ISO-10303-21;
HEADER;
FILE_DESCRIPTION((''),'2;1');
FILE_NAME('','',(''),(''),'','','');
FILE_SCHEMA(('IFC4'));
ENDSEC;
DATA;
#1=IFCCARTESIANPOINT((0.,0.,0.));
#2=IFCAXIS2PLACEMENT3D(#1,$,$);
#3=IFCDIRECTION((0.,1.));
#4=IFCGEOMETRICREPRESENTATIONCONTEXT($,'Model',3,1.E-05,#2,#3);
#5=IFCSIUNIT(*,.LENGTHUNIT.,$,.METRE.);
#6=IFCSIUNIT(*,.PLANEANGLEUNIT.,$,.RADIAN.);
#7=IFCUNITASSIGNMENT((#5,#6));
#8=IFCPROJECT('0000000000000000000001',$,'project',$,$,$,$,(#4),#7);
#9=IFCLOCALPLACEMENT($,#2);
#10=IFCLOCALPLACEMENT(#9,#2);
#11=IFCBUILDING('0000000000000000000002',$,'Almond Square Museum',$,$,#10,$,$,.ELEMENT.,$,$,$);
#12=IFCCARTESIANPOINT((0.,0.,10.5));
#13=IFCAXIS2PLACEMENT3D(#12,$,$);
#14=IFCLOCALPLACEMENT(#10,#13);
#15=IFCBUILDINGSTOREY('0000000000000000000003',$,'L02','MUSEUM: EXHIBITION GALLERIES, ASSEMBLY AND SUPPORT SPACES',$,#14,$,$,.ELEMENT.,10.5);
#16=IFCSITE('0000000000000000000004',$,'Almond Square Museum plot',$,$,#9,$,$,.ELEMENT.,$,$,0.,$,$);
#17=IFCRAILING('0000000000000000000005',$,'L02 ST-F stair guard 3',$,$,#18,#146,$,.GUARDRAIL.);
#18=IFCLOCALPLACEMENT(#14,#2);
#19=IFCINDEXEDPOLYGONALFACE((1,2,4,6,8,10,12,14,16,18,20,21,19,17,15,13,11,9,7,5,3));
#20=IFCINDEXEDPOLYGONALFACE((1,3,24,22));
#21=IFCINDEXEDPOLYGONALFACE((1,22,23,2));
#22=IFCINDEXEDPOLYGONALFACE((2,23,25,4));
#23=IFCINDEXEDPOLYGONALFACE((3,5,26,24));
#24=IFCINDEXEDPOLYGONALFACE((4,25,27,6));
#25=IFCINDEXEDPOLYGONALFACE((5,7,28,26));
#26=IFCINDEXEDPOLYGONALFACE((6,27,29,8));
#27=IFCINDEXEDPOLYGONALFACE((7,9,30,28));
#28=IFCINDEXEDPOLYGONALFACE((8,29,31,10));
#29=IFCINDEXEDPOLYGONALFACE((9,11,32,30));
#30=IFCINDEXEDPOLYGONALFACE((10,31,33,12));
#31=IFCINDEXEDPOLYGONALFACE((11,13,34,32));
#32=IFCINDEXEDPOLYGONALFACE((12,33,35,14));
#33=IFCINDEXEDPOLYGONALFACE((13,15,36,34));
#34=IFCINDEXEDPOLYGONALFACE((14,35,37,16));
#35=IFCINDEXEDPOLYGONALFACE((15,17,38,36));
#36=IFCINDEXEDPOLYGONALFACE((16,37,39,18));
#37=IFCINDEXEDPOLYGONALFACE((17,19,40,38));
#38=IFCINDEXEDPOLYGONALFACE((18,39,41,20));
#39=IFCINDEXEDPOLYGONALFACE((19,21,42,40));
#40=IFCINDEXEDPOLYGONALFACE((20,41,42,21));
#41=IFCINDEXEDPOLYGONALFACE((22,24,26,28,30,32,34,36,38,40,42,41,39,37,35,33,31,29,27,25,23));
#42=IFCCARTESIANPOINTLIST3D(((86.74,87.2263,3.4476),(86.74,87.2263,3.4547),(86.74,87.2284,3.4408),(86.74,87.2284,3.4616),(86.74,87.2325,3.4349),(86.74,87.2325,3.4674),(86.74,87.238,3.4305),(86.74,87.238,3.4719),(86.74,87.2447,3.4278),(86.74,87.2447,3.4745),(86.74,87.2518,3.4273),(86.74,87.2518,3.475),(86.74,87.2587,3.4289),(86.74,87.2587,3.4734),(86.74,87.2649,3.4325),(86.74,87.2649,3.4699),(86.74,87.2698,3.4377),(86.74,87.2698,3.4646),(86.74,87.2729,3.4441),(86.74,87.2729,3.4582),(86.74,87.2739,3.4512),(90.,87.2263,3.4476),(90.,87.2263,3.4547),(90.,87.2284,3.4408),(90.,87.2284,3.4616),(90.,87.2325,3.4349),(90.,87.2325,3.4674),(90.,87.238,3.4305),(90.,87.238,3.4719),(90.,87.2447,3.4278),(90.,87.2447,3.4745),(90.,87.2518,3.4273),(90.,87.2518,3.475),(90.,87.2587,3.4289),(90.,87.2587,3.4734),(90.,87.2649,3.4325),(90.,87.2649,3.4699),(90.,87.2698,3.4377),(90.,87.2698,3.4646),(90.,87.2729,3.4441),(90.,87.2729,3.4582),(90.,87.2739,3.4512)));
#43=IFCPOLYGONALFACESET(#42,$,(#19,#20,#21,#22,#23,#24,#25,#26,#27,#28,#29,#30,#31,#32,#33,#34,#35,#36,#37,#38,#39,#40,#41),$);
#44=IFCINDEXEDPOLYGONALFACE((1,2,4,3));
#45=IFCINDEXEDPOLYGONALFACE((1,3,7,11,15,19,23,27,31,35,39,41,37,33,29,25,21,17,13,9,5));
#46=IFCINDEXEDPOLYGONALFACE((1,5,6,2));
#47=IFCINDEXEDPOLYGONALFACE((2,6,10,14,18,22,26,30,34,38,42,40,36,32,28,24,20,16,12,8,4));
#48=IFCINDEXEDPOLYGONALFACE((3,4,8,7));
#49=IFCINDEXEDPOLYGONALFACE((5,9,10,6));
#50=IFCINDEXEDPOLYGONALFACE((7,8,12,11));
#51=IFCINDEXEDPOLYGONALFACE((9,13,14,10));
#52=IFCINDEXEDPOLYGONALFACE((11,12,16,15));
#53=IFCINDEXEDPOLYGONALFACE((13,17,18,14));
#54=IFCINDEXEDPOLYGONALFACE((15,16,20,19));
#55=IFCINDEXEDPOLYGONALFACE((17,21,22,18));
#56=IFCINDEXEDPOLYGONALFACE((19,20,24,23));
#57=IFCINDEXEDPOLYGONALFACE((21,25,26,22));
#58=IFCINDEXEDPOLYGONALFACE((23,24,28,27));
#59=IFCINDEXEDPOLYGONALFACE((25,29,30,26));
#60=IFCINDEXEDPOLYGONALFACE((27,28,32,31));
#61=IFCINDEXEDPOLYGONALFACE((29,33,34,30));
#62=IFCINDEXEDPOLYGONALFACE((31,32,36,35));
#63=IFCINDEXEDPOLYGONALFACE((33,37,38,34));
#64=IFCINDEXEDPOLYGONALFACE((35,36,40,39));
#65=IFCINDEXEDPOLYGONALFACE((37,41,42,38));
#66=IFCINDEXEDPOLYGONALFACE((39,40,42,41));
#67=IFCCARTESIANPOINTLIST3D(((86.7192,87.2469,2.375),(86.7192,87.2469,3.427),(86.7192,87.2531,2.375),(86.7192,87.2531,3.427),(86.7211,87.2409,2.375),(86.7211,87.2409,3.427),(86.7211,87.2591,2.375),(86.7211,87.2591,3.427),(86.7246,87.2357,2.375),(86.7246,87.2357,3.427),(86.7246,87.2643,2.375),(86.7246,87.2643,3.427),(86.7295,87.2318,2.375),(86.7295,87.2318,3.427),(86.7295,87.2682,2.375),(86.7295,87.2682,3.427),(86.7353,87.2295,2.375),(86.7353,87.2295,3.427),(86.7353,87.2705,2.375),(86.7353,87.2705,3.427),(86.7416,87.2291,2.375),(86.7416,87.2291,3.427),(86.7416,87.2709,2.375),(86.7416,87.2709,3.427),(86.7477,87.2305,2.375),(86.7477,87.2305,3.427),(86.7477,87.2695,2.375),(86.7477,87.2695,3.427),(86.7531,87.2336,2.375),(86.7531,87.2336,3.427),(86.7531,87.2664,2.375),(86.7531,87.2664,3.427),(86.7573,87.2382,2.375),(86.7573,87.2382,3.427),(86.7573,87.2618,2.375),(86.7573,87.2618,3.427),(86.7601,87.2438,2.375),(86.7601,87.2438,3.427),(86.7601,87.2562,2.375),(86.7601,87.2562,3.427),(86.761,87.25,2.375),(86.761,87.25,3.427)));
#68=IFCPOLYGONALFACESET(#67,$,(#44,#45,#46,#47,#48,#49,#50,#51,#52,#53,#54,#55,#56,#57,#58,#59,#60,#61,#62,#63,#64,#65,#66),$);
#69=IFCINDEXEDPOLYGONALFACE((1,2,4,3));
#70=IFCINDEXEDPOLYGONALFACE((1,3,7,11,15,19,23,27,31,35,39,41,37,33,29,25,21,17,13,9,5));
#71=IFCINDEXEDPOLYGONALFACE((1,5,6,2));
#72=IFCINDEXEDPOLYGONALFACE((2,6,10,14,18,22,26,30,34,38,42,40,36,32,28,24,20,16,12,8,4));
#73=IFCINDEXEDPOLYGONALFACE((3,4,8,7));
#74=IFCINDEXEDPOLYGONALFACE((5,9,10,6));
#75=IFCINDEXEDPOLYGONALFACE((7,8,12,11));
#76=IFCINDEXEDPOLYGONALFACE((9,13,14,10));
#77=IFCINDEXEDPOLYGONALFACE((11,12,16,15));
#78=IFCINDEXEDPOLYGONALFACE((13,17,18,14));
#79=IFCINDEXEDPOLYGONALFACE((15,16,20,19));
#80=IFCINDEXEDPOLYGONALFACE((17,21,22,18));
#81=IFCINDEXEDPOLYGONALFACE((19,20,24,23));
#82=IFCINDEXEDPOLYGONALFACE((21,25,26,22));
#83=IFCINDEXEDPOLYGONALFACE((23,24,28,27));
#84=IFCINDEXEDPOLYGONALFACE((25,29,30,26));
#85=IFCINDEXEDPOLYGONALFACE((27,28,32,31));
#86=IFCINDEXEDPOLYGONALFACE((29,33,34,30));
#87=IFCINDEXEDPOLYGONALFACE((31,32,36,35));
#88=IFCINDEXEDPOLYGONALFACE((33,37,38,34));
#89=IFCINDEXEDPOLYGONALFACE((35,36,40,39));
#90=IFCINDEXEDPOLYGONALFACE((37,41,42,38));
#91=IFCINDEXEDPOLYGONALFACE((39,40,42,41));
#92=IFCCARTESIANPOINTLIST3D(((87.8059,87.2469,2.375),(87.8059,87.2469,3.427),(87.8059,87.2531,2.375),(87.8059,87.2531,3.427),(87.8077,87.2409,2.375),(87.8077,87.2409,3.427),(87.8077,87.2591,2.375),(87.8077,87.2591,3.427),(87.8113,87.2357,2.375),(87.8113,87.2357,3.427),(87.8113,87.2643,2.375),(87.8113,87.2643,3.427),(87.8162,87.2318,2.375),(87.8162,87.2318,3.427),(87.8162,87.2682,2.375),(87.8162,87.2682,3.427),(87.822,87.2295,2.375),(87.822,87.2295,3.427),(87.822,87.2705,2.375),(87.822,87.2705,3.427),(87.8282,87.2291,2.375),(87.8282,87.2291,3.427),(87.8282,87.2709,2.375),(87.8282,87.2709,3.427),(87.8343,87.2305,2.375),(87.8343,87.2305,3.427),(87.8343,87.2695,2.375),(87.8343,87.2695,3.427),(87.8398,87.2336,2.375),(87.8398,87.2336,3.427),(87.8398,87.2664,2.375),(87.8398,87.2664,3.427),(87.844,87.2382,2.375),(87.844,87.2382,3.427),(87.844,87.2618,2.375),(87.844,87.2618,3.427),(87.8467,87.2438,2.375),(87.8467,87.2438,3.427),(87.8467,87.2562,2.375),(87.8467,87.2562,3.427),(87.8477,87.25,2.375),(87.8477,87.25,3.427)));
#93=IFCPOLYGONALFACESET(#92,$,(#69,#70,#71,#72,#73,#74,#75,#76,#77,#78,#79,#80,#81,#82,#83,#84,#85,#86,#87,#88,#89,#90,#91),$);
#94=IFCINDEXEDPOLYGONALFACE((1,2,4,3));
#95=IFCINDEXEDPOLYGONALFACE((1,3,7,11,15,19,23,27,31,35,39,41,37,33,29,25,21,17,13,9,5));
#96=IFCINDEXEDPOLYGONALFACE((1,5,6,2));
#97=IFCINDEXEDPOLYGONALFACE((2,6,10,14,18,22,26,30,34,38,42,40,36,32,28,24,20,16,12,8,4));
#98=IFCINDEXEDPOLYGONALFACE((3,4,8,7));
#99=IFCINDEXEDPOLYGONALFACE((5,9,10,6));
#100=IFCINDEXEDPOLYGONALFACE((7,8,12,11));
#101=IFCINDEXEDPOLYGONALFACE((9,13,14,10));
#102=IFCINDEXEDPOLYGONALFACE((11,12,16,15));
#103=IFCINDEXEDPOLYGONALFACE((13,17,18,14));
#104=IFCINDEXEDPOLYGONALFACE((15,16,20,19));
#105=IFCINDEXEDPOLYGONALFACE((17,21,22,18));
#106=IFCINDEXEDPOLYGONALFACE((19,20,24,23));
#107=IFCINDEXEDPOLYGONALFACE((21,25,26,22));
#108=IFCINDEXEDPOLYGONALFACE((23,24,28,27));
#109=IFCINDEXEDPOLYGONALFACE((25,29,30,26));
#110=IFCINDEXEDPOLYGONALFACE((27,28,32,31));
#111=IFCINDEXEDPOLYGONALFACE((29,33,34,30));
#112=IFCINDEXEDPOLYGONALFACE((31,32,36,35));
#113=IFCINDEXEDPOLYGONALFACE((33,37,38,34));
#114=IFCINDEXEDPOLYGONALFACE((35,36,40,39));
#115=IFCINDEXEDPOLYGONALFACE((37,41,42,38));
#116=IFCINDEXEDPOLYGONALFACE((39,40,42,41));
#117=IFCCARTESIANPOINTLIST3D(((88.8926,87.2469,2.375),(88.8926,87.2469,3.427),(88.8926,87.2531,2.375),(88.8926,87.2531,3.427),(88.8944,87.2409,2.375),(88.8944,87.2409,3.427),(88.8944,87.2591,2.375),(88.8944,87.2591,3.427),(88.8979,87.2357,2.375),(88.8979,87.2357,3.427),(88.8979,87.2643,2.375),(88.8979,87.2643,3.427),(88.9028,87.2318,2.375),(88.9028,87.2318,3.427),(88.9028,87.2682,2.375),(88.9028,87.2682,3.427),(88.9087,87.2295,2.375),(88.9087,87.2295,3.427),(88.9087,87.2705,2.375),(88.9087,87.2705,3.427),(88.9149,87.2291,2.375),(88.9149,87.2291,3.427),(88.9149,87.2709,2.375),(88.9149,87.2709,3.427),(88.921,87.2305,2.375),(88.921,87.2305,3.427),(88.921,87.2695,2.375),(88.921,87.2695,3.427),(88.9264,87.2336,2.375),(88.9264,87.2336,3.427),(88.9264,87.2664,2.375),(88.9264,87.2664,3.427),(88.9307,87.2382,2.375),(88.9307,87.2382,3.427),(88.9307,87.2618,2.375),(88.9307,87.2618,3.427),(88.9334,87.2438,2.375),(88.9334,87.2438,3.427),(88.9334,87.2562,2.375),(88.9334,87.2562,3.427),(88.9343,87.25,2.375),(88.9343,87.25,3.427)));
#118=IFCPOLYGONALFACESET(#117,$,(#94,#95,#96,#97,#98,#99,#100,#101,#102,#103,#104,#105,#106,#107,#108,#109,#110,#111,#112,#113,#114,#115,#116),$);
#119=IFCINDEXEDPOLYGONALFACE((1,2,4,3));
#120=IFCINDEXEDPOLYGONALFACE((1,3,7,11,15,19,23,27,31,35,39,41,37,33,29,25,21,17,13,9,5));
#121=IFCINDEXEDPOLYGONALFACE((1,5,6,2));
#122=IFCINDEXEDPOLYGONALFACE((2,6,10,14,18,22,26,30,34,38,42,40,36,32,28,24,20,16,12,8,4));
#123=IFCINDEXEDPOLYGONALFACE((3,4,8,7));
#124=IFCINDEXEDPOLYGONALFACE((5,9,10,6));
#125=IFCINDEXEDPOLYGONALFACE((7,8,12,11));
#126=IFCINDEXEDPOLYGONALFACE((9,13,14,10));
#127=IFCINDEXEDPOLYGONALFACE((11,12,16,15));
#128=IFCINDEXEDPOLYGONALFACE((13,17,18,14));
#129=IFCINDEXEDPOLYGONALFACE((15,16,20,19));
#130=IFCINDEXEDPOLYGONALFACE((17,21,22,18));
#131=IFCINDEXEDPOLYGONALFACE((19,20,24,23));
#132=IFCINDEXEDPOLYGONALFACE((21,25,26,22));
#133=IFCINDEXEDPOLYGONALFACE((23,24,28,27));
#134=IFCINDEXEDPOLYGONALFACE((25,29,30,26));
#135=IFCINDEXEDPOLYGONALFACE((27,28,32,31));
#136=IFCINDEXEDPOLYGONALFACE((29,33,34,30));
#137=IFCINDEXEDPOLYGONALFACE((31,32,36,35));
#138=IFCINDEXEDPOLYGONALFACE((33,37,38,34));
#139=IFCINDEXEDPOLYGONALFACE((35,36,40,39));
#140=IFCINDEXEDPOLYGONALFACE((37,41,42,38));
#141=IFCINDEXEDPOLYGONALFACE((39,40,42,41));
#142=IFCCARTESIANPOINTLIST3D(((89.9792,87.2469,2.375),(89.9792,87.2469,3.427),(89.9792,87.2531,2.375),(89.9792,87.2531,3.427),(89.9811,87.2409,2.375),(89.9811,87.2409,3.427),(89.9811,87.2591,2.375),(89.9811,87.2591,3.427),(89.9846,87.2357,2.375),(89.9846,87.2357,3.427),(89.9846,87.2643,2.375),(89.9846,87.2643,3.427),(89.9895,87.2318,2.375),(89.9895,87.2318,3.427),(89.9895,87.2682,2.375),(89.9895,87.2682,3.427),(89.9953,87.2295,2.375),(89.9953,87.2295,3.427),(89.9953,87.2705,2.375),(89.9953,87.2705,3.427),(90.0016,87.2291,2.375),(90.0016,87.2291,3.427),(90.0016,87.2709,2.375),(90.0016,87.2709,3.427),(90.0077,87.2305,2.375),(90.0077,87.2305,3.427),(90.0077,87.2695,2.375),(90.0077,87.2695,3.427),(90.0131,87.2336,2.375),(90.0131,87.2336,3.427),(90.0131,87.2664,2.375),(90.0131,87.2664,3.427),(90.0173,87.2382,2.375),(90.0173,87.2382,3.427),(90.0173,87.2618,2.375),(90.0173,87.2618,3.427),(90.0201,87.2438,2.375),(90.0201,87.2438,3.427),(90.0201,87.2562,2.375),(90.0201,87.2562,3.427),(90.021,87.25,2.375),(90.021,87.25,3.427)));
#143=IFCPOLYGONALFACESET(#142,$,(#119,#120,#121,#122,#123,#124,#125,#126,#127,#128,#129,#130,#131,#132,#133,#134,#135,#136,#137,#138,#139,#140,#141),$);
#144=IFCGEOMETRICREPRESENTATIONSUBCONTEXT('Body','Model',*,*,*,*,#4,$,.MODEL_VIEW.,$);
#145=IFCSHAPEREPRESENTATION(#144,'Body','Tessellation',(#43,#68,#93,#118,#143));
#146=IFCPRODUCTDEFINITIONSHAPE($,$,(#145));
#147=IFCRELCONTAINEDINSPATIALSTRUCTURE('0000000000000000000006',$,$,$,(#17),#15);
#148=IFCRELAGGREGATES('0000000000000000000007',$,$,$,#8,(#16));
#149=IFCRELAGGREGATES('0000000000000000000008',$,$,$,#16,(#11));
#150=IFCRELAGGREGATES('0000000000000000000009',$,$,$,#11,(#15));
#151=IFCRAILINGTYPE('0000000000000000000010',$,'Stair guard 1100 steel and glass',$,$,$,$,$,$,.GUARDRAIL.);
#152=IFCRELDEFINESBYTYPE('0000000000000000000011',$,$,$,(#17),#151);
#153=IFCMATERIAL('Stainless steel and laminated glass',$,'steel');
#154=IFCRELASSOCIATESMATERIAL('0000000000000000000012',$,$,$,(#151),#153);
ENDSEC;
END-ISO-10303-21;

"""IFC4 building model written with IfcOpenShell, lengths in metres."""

from ifc_helpers import new_model, si_unit, direction, frame, origin, origin_2d, place, context, subcontext, project, spatial, circle, extrude, material, type_object, element, save


model = new_model("IFC4")

# Units and contexts
model_context = context("Model", 3, precision=1e-05, world=origin(), true_north=direction((0.0, 1.0)))
body_context = subcontext(model_context, "Body", "Model", "MODEL_VIEW")
ifc_project = project(units=[si_unit("LENGTHUNIT", "METRE"), si_unit("PLANEANGLEUNIT", "RADIAN")], contexts=[model_context])

# Site, building, storey
site_placement = place(None, origin())
site = spatial("IfcSite", under=ifc_project, at=site_placement, Name="Almond Square Museum plot", CompositionType="ELEMENT", RefElevation=0.0)
building_placement = place(site_placement, origin())
building = spatial("IfcBuilding", under=site, at=building_placement, Name="Almond Square Museum", CompositionType="ELEMENT")
storey_placement = place(building_placement, frame((0.0, 0.0, 10.5)))
storey = spatial("IfcBuildingStorey", under=building, at=storey_placement, Name="L02", Description="MUSEUM: EXHIBITION GALLERIES, ASSEMBLY AND SUPPORT SPACES", CompositionType="ELEMENT", Elevation=10.5)

# Railing
ifc_material_1 = material(Name="Stainless steel and laminated glass", Category="steel")
railing_type_1 = type_object("IfcRailingType", Name="Stair guard 1100 steel and glass", PredefinedType="GUARDRAIL", material=ifc_material_1)
railing_1_placement = place(storey_placement, frame((86.74, 87.25, 2.375)))
element("IfcRailing", 1, at=railing_1_placement, inside=storey, type_object=railing_type_1, Name="L02 ST-F stair guard 3", PredefinedType="GUARDRAIL", context=body_context, shape_type="SweptSolid", body=[
    extrude(circle(Radius=0.0239, at=origin_2d()), frame((0.0, 0.0, 1.0762), z_axis=(1.0, 0.0, 0.0), x_axis=(0.0, 1.0, 0.0)), (0.0, 0.0, 1.0), 3.26),
    extrude(circle(Radius=0.021, at=origin_2d()), origin(), (0.0, 0.0, 1.0), 1.052),
    extrude(circle(Radius=0.021, at=origin_2d()), frame((1.0867, 0.0, 0.0)), (0.0, 0.0, 1.0), 1.052),
    extrude(circle(Radius=0.021, at=origin_2d()), frame((2.1733, 0.0, 0.0)), (0.0, 0.0, 1.0), 1.052),
    extrude(circle(Radius=0.021, at=origin_2d()), frame((3.26, 0.0, 0.0)), (0.0, 0.0, 1.0), 1.052),
])

save(model, "model.ifc")
